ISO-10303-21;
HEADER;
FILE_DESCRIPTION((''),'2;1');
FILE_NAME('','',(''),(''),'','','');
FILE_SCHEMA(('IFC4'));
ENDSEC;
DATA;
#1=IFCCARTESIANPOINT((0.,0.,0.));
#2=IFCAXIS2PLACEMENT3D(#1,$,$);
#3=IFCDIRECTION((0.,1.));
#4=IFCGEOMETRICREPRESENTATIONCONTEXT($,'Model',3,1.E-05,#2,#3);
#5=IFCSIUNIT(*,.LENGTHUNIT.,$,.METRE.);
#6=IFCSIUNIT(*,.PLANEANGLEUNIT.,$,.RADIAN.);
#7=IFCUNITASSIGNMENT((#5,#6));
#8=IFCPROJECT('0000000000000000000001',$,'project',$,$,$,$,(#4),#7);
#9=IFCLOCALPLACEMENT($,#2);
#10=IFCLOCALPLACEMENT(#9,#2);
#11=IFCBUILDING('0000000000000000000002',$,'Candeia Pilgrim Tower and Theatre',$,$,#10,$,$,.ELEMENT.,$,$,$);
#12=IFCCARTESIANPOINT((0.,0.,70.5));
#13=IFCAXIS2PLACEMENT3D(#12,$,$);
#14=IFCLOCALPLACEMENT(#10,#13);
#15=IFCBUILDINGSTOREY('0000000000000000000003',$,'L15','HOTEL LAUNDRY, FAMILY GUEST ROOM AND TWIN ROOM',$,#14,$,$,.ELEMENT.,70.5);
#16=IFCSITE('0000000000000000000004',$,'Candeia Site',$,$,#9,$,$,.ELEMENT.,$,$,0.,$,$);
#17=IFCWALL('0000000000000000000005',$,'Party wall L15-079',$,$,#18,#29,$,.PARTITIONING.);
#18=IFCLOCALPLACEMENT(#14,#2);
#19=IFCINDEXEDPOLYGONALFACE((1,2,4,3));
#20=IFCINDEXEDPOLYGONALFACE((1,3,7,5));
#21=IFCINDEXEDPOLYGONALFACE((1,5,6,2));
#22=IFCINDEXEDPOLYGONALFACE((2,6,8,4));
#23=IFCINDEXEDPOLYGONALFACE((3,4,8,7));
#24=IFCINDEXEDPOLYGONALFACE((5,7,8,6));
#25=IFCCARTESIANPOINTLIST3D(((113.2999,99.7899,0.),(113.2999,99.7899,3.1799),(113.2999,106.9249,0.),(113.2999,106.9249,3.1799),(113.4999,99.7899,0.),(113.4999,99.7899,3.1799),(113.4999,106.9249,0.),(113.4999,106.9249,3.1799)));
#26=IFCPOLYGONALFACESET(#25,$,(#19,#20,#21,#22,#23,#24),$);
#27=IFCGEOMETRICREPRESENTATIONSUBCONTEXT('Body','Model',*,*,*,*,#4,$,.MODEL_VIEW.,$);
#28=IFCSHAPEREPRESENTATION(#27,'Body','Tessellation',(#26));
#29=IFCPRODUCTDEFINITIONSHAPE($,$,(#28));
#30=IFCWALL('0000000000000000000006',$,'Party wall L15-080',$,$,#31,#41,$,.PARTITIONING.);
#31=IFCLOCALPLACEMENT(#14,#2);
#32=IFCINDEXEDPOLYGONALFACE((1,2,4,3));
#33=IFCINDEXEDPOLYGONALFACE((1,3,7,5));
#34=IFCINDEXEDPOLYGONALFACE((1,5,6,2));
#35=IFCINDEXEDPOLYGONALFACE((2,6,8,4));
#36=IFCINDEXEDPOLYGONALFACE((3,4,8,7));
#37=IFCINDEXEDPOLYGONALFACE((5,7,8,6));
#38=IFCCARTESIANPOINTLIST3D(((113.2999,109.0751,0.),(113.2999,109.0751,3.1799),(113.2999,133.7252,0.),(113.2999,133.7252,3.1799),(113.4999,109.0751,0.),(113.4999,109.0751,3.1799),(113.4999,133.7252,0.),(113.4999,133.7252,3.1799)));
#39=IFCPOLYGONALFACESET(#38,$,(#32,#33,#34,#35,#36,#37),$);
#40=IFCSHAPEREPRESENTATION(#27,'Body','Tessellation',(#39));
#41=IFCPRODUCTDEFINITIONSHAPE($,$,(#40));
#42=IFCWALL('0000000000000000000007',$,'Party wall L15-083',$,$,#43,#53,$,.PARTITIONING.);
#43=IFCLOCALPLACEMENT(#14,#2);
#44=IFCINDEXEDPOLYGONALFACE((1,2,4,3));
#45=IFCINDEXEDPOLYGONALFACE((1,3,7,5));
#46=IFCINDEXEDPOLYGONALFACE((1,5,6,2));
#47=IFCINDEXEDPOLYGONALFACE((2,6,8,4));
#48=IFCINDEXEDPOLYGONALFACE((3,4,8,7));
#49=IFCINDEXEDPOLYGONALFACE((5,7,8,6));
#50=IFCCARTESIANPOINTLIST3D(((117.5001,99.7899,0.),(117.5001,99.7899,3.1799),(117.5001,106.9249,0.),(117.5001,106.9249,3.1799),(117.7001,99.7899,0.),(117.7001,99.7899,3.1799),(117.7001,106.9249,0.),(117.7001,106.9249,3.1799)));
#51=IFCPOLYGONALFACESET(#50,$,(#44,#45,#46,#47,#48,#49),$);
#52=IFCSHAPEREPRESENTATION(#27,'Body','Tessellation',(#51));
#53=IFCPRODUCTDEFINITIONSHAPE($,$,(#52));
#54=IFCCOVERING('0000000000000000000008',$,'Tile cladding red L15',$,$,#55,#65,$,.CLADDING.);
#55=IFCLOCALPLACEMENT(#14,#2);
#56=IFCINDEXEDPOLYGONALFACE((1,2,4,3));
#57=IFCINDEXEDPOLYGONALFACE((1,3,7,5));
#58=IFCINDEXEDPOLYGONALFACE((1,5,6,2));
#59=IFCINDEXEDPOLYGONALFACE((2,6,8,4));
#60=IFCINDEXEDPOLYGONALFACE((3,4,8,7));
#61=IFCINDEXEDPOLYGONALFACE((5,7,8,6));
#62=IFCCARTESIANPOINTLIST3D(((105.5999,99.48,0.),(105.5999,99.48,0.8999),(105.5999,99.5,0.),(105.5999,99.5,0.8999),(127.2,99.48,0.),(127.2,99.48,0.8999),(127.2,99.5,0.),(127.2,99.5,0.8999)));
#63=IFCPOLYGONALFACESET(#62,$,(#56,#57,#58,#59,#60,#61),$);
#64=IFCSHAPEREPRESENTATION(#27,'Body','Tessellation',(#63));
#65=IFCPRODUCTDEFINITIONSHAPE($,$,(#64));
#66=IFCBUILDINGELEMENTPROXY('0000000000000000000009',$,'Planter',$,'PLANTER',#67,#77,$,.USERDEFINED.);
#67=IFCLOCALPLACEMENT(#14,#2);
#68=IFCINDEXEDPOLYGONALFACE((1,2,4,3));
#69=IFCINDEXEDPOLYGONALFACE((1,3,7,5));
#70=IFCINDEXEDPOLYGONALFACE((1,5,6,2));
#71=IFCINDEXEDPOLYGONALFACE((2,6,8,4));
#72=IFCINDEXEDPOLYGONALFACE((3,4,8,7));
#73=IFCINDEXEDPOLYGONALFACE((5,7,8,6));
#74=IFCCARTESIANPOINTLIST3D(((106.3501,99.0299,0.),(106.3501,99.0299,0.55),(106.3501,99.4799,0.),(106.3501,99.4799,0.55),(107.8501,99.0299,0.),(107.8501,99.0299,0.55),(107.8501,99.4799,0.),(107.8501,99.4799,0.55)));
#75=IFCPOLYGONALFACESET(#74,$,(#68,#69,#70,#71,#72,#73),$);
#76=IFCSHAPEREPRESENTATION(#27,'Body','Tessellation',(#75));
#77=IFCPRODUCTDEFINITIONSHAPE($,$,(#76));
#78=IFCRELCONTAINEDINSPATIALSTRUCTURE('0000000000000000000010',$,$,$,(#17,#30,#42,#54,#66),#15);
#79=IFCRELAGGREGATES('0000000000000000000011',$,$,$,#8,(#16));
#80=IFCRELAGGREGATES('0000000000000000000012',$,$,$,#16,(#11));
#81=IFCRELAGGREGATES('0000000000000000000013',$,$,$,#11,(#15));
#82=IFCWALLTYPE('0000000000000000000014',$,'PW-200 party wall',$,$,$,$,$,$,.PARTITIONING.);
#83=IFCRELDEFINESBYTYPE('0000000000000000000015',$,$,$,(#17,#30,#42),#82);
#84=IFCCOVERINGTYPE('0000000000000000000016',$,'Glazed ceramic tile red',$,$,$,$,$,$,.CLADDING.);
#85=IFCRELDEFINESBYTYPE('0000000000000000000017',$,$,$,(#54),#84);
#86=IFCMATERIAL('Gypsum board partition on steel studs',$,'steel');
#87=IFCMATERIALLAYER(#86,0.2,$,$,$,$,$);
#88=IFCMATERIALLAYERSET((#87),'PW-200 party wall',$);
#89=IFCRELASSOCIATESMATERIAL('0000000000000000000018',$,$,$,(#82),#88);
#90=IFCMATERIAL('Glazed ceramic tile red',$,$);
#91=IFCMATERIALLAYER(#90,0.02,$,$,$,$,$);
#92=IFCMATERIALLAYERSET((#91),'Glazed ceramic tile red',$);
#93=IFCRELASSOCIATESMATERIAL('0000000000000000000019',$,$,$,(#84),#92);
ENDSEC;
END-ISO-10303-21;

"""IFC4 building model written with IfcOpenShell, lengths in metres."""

from ifc_helpers import new_model, si_unit, direction, frame, frame_2d, origin, origin_2d, place, context, subcontext, project, spatial, rectangle, extrude, material, layer, layer_set, type_object, element, save


model = new_model("IFC4")

# Units and contexts
model_context = context("Model", 3, precision=1e-05, world=origin(), true_north=direction((0.0, 1.0)))
body_context = subcontext(model_context, "Body", "Model", "MODEL_VIEW")
ifc_project = project(units=[si_unit("LENGTHUNIT", "METRE"), si_unit("PLANEANGLEUNIT", "RADIAN")], contexts=[model_context])

# Site, building, storey
site_placement = place(None, origin())
site = spatial("IfcSite", under=ifc_project, at=site_placement, Name="Candeia Site", CompositionType="ELEMENT", RefElevation=0.0)
building_placement = place(site_placement, origin())
building = spatial("IfcBuilding", under=site, at=building_placement, Name="Candeia Pilgrim Tower and Theatre", CompositionType="ELEMENT")
storey_placement = place(building_placement, frame((0.0, 0.0, 70.5)))
storey = spatial("IfcBuildingStorey", under=building, at=storey_placement, Name="L15", Description="HOTEL LAUNDRY, FAMILY GUEST ROOM AND TWIN ROOM", CompositionType="ELEMENT", Elevation=70.5)

# Shared definitions
ifc_material_1 = material(Name="Gypsum board partition on steel studs", Category="steel")

# Walls
ifc_layer_1 = layer(ifc_material_1, 0.2)
ifc_layer_set_1 = layer_set([ifc_layer_1], Name="PW-200 party wall")
wall_type_1 = type_object("IfcWallType", Name="PW-200 party wall", PredefinedType="PARTITIONING", material=ifc_layer_set_1)
wall_1_placement = place(storey_placement, frame((113.3999, 99.79, 0.0), z_axis=(0.0, 0.0, 1.0), x_axis=(0.0, 1.0, 0.0)))
element("IfcWall", 1, at=wall_1_placement, inside=storey, type_object=wall_type_1, Name="Party wall L15-079", PredefinedType="PARTITIONING", context=body_context, shape_type="SweptSolid", body=[
    extrude(rectangle(XDim=7.135, YDim=0.2, at=frame_2d((3.5674, 0.0))), origin(), (0.0, 0.0, 1.0), 3.1799),
])
wall_2_placement = place(storey_placement, frame((113.3999, 109.075, 0.0), z_axis=(0.0, 0.0, 1.0), x_axis=(0.0, 1.0, 0.0)))
element("IfcWall", 2, at=wall_2_placement, inside=storey, type_object=wall_type_1, Name="Party wall L15-080", PredefinedType="PARTITIONING", context=body_context, shape_type="SweptSolid", body=[
    extrude(rectangle(XDim=24.6501, YDim=0.2, at=frame_2d((12.3252, 0.0))), origin(), (0.0, 0.0, 1.0), 3.1799),
])
wall_3_placement = place(storey_placement, frame((117.6001, 99.79, 0.0), z_axis=(0.0, 0.0, 1.0), x_axis=(0.0, 1.0, 0.0)))
element("IfcWall", 3, at=wall_3_placement, inside=storey, type_object=wall_type_1, Name="Party wall L15-083", PredefinedType="PARTITIONING", context=body_context, shape_type="SweptSolid", body=[
    extrude(rectangle(XDim=7.135, YDim=0.2, at=frame_2d((3.5674, 0.0))), origin(), (0.0, 0.0, 1.0), 3.1799),
])

# Covering
ifc_material_2 = material(Name="Glazed ceramic tile red")
ifc_layer_2 = layer(ifc_material_2, 0.02)
ifc_layer_set_2 = layer_set([ifc_layer_2], Name="Glazed ceramic tile red")
covering_type = type_object("IfcCoveringType", Name="Glazed ceramic tile red", PredefinedType="CLADDING", material=ifc_layer_set_2)
covering_placement = place(storey_placement, frame((116.3999, 99.49, 0.0), z_axis=(0.0, 0.0, 1.0), x_axis=(1.0, 0.0, 0.0)))
element("IfcCovering", 4, at=covering_placement, inside=storey, type_object=covering_type, Name="Tile cladding red L15", PredefinedType="CLADDING", context=body_context, shape_type="SweptSolid", body=[
    extrude(rectangle(XDim=21.6001, YDim=0.02, at=origin_2d()), origin(), (0.0, 0.0, 1.0), 0.8999),
])

# Building element proxy
proxy_placement = place(storey_placement, frame((107.1001, 99.2549, 0.0), z_axis=(0.0, 0.0, 1.0), x_axis=(1.0, 0.0, 0.0)))
element("IfcBuildingElementProxy", 5, at=proxy_placement, inside=storey, Name="Planter", ObjectType="PLANTER", PredefinedType="USERDEFINED", context=body_context, shape_type="SweptSolid", body=[
    extrude(rectangle(XDim=1.5, YDim=0.45, at=origin_2d()), origin(), (0.0, 0.0, 1.0), 0.55),
])

save(model, "model.ifc")
